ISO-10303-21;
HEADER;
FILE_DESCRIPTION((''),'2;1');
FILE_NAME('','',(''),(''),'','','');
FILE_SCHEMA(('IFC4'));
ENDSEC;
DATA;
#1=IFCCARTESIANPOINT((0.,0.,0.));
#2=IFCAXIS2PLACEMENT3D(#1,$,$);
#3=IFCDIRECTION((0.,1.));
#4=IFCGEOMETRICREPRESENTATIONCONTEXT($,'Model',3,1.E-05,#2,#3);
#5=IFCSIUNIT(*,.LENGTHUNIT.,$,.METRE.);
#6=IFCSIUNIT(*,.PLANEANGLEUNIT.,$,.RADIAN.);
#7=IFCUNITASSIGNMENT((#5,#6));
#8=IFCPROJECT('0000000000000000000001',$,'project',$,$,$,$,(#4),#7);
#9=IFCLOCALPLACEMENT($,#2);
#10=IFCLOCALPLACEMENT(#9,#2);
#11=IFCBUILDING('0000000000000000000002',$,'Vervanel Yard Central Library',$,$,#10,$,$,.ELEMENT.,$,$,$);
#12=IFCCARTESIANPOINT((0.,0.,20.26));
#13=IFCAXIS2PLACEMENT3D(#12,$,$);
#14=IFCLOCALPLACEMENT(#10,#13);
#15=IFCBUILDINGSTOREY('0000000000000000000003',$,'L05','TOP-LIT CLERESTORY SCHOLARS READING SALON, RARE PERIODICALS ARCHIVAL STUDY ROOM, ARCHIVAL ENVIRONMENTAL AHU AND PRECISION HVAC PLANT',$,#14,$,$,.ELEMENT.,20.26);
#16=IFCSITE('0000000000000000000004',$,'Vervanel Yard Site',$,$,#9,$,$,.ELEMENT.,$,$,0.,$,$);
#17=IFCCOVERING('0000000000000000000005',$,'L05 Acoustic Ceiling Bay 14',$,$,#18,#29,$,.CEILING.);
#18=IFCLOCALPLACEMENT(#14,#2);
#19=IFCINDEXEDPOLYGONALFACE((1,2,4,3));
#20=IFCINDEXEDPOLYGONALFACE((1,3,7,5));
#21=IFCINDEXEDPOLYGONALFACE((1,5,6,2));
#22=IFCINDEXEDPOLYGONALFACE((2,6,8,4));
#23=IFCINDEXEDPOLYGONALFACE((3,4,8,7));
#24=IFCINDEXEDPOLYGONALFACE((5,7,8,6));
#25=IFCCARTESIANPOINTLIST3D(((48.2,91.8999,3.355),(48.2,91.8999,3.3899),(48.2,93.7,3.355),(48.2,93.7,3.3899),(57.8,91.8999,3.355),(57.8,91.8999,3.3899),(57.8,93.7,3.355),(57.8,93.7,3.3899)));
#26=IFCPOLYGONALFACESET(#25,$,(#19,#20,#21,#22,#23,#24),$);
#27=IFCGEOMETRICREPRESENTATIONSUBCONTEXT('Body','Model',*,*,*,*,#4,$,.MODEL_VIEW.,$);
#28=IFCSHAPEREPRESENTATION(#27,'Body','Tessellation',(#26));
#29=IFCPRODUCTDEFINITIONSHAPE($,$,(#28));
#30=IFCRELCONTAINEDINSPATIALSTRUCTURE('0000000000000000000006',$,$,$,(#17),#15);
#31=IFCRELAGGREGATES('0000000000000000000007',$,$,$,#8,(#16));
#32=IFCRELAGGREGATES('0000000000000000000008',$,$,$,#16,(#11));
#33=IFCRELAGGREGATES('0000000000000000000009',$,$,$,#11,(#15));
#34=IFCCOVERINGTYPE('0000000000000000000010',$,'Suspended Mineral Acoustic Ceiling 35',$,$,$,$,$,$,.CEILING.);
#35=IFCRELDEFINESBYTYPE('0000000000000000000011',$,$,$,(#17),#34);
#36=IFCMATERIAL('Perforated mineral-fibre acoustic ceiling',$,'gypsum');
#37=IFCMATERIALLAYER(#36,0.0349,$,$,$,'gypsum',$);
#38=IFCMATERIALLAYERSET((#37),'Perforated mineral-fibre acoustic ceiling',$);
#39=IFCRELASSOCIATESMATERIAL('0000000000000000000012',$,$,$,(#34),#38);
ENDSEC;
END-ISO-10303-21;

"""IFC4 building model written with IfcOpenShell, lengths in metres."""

from ifc_helpers import new_model, si_unit, direction, frame, origin, place, context, subcontext, project, spatial, polyline, outline, extrude, material, layer, layer_set, type_object, element, save


model = new_model("IFC4")

# Units and contexts
model_context = context("Model", 3, precision=1e-05, world=origin(), true_north=direction((0.0, 1.0)))
body_context = subcontext(model_context, "Body", "Model", "MODEL_VIEW")
ifc_project = project(units=[si_unit("LENGTHUNIT", "METRE"), si_unit("PLANEANGLEUNIT", "RADIAN")], contexts=[model_context])

# Site, building, storey
site_placement = place(None, origin())
site = spatial("IfcSite", under=ifc_project, at=site_placement, Name="Vervanel Yard Site", CompositionType="ELEMENT", RefElevation=0.0)
building_placement = place(site_placement, origin())
building = spatial("IfcBuilding", under=site, at=building_placement, Name="Vervanel Yard Central Library", CompositionType="ELEMENT")
storey_placement = place(building_placement, frame((0.0, 0.0, 20.26)))
storey = spatial("IfcBuildingStorey", under=building, at=storey_placement, Name="L05", Description="TOP-LIT CLERESTORY SCHOLARS READING SALON, RARE PERIODICALS ARCHIVAL STUDY ROOM, ARCHIVAL ENVIRONMENTAL AHU AND PRECISION HVAC PLANT", CompositionType="ELEMENT", Elevation=20.26)

# Covering
ifc_material_1 = material(Name="Perforated mineral-fibre acoustic ceiling", Category="gypsum")
ifc_layer_1 = layer(ifc_material_1, 0.0349, Category="gypsum")
ifc_layer_set_1 = layer_set([ifc_layer_1], Name="Perforated mineral-fibre acoustic ceiling")
covering_type_1 = type_object("IfcCoveringType", Name="Suspended Mineral Acoustic Ceiling 35", PredefinedType="CEILING", material=ifc_layer_set_1)
covering_1_placement = place(storey_placement, frame((0.0, 0.0, 3.355)))
element("IfcCovering", 1, at=covering_1_placement, inside=storey, type_object=covering_type_1, Name="L05 Acoustic Ceiling Bay 14", PredefinedType="CEILING", context=body_context, shape_type="SweptSolid", body=[
    extrude(outline(polyline([(48.2, 91.8999), (57.8, 91.8999), (57.8, 93.7), (48.2, 93.7), (48.2, 91.8999)])), origin(), (0.0, 0.0, 1.0), 0.0349),
])

save(model, "model.ifc")
